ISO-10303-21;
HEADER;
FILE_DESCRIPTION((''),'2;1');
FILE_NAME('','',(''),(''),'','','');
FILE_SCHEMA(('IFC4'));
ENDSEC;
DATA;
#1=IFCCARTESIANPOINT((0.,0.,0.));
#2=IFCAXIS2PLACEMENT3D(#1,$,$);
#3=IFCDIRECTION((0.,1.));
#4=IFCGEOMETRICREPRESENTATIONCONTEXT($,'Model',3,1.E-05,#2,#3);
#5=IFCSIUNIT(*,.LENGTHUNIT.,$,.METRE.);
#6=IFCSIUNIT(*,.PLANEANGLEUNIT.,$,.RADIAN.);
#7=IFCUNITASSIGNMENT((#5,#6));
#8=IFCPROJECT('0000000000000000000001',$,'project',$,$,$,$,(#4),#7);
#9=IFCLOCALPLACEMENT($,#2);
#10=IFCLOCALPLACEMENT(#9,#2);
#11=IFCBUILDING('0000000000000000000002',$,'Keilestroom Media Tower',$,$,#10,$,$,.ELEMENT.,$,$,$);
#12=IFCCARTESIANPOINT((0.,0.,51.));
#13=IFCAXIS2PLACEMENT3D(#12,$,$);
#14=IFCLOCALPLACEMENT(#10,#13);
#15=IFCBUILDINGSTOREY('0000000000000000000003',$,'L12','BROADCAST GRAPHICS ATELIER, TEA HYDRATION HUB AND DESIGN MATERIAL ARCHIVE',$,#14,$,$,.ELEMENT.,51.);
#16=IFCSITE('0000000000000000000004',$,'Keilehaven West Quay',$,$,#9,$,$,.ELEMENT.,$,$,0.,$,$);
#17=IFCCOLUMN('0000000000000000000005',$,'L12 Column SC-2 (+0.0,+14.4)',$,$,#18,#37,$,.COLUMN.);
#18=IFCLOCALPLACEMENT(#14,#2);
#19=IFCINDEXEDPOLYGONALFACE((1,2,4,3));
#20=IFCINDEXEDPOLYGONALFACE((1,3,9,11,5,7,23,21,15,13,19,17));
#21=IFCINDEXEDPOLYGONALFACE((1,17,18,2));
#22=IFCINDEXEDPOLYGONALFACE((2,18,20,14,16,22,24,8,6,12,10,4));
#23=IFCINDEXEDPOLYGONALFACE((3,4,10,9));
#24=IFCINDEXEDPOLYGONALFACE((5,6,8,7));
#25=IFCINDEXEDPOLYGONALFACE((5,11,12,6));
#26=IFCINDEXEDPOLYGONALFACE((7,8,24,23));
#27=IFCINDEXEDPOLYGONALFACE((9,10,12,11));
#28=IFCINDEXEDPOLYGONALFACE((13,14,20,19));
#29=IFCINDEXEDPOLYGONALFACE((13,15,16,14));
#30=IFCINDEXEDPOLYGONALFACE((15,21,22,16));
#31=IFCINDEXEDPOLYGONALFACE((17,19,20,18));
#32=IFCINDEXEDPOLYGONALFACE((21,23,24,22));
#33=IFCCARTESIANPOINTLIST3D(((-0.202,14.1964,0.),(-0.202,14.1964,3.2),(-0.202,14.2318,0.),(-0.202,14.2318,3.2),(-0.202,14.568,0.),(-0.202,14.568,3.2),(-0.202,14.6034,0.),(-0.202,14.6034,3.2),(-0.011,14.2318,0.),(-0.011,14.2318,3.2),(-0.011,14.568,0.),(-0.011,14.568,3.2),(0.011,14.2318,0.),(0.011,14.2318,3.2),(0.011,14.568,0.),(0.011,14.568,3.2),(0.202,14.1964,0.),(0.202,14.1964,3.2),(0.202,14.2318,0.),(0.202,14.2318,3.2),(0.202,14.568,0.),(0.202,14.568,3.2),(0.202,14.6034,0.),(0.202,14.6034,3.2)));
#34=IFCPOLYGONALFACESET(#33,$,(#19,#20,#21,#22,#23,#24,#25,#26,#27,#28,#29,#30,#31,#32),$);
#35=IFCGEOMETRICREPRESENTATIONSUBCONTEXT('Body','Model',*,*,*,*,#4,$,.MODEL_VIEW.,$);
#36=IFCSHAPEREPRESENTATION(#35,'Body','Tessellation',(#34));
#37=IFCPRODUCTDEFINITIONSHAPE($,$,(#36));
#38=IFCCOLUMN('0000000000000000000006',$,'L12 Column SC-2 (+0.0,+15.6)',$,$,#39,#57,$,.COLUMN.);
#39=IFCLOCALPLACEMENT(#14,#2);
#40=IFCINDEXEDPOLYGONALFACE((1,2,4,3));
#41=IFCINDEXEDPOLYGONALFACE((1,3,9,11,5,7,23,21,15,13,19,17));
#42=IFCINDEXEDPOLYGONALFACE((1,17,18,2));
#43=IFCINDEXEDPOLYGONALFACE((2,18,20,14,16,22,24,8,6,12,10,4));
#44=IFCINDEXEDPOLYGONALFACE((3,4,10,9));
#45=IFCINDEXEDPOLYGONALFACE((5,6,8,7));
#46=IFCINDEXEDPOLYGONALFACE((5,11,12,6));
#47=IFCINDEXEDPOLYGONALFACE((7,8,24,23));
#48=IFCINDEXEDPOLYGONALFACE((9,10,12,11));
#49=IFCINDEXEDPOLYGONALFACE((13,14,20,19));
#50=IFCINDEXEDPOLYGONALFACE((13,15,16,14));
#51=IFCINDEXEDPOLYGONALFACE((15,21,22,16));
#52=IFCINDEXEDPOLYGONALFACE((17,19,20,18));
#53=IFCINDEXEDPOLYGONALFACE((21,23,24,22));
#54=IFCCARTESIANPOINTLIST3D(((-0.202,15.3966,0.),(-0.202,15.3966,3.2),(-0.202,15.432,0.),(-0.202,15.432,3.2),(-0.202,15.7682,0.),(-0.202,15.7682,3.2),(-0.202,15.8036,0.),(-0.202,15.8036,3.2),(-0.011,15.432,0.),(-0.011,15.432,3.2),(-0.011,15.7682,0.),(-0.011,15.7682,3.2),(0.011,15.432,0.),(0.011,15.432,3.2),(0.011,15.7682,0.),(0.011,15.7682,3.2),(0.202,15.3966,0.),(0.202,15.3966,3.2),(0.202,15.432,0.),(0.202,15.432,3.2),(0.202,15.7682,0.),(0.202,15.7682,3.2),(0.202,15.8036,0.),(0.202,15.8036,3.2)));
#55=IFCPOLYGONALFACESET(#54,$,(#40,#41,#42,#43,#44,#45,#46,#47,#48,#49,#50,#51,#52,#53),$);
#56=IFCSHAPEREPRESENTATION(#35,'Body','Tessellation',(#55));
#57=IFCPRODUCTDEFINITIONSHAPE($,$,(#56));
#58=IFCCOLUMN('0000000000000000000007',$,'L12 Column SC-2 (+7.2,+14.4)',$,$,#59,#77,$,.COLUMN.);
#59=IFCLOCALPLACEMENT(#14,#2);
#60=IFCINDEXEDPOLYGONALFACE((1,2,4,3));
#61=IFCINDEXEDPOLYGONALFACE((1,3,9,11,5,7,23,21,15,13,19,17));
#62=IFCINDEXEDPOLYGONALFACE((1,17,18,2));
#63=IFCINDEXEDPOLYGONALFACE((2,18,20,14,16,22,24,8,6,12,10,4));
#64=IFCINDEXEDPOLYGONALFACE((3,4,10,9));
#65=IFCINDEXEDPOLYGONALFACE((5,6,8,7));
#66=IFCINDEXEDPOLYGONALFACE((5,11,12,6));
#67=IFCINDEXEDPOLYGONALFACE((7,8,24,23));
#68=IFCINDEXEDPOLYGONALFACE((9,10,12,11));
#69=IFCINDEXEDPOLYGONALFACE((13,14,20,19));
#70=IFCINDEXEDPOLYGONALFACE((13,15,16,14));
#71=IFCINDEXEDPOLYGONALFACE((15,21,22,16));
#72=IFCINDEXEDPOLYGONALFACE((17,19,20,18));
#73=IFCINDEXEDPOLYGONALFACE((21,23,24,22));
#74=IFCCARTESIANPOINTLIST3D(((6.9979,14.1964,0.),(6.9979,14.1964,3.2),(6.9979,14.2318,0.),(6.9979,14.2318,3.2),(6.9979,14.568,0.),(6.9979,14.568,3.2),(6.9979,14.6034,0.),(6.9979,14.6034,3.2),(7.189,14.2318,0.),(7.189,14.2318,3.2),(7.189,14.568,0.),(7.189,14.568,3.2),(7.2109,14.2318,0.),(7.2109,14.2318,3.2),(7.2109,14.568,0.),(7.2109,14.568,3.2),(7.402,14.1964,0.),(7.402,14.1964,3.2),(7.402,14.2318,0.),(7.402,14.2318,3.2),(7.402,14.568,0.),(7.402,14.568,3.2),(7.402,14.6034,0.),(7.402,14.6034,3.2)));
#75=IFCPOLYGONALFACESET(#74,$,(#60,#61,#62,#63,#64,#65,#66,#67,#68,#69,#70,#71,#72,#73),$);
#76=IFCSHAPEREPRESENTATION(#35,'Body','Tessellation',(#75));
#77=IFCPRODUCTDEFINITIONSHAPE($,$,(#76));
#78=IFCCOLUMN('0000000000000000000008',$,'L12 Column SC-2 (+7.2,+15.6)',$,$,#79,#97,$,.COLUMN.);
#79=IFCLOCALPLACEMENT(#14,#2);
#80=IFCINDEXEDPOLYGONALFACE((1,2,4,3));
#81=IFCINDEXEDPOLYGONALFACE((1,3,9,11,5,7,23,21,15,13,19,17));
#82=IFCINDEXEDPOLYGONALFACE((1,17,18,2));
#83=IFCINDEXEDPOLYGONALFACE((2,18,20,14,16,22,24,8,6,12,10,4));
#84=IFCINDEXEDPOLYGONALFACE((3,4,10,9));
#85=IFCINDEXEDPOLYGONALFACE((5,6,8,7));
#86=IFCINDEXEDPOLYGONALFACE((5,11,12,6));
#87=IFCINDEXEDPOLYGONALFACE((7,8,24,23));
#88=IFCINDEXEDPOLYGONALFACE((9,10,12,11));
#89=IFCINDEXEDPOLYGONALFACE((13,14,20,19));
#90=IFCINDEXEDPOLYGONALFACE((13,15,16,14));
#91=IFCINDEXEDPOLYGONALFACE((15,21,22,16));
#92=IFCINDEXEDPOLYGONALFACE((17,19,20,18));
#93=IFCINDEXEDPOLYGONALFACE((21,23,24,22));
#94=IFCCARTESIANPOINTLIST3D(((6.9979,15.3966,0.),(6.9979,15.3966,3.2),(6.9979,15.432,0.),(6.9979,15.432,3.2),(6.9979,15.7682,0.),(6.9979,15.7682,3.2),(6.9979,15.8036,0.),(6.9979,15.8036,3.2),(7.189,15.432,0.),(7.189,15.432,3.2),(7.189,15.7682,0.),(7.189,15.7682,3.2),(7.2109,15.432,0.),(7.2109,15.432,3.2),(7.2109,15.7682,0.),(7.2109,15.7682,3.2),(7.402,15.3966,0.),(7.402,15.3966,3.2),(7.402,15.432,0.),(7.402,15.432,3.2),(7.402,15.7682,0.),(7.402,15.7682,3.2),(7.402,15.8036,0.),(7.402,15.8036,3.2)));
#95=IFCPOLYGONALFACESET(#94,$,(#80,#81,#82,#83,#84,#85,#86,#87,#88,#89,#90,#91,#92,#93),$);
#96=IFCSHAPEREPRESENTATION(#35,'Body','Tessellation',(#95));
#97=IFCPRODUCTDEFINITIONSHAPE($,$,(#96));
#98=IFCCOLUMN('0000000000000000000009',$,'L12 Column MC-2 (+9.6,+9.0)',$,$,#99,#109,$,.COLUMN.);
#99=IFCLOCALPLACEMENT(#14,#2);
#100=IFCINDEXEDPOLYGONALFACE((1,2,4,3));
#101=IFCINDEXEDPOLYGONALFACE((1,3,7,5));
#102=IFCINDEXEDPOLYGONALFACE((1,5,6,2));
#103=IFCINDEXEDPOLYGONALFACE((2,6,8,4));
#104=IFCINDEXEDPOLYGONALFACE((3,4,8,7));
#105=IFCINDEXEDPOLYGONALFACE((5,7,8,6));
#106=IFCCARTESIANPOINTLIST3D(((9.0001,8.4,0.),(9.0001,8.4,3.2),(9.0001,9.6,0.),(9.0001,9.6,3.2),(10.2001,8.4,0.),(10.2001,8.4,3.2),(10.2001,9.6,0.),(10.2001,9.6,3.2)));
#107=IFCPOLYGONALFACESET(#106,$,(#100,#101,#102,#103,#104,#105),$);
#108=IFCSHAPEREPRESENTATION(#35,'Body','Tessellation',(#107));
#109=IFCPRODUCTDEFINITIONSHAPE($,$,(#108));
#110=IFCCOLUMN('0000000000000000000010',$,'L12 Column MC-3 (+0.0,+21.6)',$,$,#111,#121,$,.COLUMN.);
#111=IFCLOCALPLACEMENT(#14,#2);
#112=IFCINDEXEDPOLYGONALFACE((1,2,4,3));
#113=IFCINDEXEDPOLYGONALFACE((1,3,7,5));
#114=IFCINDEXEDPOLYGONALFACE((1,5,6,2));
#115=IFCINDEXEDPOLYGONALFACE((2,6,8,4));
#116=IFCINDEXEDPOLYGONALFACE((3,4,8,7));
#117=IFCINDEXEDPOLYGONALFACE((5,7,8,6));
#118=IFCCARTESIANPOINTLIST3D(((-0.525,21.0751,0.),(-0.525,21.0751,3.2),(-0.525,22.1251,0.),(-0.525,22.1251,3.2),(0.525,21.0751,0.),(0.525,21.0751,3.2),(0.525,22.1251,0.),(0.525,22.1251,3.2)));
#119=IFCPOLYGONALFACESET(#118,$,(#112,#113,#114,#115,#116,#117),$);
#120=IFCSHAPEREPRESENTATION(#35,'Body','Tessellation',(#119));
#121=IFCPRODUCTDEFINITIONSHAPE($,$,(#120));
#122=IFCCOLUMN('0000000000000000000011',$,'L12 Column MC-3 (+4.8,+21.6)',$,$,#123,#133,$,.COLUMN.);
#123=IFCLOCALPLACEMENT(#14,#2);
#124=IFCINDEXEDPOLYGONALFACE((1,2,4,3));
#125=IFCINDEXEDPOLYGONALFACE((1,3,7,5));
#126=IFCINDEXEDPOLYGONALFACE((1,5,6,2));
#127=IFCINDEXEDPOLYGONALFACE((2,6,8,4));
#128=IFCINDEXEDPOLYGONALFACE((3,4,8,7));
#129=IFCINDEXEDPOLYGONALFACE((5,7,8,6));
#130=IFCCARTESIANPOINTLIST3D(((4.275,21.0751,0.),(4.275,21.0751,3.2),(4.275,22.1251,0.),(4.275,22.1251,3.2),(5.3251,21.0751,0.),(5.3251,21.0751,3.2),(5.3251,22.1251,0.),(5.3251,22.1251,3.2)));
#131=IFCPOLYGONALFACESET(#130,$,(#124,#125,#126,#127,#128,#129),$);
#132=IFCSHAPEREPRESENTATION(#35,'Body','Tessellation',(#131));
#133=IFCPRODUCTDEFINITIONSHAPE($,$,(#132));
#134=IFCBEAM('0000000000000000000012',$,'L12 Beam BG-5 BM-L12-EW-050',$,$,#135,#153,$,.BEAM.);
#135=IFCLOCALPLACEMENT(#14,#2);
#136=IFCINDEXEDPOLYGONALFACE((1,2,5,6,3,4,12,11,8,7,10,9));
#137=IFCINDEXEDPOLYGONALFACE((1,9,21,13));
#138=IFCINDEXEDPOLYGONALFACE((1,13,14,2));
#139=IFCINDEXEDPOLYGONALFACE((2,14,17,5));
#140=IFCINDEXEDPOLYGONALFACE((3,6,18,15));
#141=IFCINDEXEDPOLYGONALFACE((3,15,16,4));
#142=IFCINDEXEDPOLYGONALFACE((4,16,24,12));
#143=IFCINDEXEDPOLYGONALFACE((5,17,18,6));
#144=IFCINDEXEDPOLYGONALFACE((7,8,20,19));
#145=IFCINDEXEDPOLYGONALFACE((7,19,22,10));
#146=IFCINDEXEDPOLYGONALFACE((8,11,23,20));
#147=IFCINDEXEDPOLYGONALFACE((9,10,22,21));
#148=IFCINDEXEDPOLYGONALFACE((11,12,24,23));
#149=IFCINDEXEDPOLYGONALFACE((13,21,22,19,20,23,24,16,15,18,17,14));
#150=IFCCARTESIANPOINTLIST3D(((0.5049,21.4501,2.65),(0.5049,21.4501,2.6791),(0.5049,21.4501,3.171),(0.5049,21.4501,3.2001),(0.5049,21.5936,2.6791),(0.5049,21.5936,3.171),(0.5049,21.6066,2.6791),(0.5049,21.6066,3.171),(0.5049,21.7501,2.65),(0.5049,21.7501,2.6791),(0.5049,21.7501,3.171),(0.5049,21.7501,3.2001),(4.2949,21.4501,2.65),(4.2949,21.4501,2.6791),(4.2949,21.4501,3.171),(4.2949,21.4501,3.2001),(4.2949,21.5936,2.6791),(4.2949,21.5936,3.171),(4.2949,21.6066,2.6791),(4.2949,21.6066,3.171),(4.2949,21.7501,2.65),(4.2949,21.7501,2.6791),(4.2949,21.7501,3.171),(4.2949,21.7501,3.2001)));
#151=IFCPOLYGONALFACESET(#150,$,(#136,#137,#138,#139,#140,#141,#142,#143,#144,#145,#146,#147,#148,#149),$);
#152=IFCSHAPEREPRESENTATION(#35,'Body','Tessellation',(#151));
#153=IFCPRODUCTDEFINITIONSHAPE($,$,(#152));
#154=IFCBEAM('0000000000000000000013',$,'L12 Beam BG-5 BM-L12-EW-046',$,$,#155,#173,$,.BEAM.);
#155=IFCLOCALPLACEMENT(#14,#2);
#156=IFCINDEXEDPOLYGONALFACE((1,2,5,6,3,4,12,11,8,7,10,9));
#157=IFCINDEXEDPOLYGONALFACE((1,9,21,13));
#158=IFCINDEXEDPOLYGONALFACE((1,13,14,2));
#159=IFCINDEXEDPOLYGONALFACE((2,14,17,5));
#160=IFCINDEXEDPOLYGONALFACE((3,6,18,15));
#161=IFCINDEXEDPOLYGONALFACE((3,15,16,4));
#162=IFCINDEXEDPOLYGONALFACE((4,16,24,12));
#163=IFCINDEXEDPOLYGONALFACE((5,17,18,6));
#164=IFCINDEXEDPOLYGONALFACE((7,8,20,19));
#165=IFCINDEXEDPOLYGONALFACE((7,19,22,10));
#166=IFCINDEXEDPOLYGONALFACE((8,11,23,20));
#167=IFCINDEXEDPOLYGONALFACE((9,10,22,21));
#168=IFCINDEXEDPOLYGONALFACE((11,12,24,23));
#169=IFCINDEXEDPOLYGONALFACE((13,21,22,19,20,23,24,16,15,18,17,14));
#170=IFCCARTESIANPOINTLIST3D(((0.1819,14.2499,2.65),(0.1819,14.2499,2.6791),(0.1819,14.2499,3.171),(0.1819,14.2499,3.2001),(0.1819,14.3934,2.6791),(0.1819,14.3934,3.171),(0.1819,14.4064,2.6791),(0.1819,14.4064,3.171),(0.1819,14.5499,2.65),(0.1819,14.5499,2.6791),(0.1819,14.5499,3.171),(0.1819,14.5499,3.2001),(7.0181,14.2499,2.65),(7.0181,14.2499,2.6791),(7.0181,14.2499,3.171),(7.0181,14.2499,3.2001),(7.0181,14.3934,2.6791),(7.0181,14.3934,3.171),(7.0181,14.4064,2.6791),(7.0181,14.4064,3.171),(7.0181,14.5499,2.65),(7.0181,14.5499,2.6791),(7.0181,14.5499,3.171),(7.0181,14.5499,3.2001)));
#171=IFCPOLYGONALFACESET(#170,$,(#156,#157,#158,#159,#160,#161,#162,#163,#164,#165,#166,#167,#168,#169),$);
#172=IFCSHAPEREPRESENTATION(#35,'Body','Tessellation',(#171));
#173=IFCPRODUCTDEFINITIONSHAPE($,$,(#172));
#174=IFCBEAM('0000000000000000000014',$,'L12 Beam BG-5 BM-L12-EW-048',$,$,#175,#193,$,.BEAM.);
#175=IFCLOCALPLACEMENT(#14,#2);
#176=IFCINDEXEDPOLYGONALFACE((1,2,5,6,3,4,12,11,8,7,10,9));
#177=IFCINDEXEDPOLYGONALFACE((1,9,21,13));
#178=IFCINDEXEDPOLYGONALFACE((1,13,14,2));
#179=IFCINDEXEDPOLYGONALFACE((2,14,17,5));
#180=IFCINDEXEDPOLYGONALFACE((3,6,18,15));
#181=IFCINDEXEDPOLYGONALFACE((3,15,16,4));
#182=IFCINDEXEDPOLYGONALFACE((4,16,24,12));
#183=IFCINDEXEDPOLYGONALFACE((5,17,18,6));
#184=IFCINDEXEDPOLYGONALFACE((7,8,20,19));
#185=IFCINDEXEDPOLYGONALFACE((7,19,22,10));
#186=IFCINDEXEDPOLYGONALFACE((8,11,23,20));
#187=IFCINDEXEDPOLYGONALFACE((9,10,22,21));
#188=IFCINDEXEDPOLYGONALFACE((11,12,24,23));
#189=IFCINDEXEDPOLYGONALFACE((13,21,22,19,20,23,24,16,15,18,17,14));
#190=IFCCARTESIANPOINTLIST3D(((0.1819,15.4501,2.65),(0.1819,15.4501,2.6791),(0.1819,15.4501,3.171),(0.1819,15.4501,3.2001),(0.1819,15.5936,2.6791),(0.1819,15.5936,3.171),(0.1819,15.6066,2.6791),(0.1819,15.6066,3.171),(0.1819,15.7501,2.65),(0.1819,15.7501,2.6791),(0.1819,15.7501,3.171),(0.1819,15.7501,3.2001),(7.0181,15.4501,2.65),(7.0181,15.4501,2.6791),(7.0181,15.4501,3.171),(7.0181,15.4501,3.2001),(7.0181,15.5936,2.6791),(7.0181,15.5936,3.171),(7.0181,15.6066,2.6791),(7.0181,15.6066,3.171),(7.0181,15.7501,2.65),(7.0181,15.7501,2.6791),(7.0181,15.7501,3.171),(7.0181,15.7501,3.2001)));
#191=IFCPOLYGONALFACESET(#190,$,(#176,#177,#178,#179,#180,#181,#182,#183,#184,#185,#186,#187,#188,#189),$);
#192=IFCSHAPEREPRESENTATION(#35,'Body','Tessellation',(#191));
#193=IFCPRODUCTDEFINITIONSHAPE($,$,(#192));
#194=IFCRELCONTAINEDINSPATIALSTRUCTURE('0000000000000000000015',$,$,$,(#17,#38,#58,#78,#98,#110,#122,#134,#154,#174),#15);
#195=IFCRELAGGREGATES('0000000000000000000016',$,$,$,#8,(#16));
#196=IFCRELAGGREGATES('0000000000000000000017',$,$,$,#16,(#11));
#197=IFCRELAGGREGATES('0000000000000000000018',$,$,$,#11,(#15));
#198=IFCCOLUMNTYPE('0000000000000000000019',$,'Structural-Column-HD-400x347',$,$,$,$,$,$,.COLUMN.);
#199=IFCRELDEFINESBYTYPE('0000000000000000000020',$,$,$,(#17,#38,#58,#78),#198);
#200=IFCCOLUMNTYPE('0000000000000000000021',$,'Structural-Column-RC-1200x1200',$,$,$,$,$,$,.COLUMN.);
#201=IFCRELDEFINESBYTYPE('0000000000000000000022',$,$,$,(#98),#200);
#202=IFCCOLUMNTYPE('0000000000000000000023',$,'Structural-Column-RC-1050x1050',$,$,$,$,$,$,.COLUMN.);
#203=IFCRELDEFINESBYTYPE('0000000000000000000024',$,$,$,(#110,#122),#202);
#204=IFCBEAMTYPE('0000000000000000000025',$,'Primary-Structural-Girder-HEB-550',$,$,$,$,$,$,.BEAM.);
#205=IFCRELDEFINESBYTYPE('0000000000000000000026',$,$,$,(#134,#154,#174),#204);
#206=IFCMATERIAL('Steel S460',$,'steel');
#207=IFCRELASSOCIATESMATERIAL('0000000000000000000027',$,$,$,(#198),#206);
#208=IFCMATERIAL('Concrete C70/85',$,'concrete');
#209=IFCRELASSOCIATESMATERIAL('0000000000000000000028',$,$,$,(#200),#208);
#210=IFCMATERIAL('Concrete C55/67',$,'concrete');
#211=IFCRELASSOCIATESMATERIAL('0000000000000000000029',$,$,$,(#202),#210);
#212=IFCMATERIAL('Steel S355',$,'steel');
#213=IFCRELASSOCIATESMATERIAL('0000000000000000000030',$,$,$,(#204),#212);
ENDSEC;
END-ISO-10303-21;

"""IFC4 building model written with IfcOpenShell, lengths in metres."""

from ifc_helpers import new_model, si_unit, direction, frame, origin, origin_2d, place, context, subcontext, project, spatial, rectangle, i_section, extrude, source, transform, mapped, material, material_profile, profile_set, type_object, element, save


model = new_model("IFC4")

# Units and contexts
model_context = context("Model", 3, precision=1e-05, world=origin(), true_north=direction((0.0, 1.0)))
body_context = subcontext(model_context, "Body", "Model", "MODEL_VIEW")
ifc_project = project(units=[si_unit("LENGTHUNIT", "METRE"), si_unit("PLANEANGLEUNIT", "RADIAN")], contexts=[model_context])

# Site, building, storey
site_placement = place(None, origin())
site = spatial("IfcSite", under=ifc_project, at=site_placement, Name="Keilehaven West Quay", CompositionType="ELEMENT", RefElevation=0.0)
building_placement = place(site_placement, origin())
building = spatial("IfcBuilding", under=site, at=building_placement, Name="Keilestroom Media Tower", CompositionType="ELEMENT")
storey_placement = place(building_placement, frame((0.0, 0.0, 51.0)))
storey = spatial("IfcBuildingStorey", under=building, at=storey_placement, Name="L12", Description="BROADCAST GRAPHICS ATELIER, TEA HYDRATION HUB AND DESIGN MATERIAL ARCHIVE", CompositionType="ELEMENT", Elevation=51.0)

# Columns
ifc_material_1 = material(Name="Steel S460", Category="steel")
ifc_material_profile_1 = material_profile(ifc_material_1, i_section(OverallWidth=0.4041, OverallDepth=0.407, WebThickness=0.022, FlangeThickness=0.0354, at=origin_2d()), Name="HD 400x347")
ifc_profile_set_1 = profile_set([ifc_material_profile_1], Name="Steel S460")
column_type_1 = type_object("IfcColumnType", Name="Structural-Column-HD-400x347", PredefinedType="COLUMN", material=ifc_profile_set_1)
shared_shape_1 = source(origin(), body_context, "Body", "SweptSolid", [
    extrude(i_section(OverallWidth=0.4041, OverallDepth=0.407, WebThickness=0.022, FlangeThickness=0.0354, at=origin_2d()), origin(), (0.0, 0.0, 1.0), 3.2),
])
for number, where, z_axis, x_axis, name in (
    (1, (0.0, 14.3999, 0.0), (0.0, 0.0, 1.0), (1.0, 0.0, 0.0), "L12 Column SC-2 (+0.0,+14.4)"),
    (2, (0.0, 15.6001, 0.0), (0.0, 0.0, 1.0), (1.0, 0.0, 0.0), "L12 Column SC-2 (+0.0,+15.6)"),
    (3, (7.2, 14.3999, 0.0), (0.0, 0.0, 1.0), (1.0, 0.0, 0.0), "L12 Column SC-2 (+7.2,+14.4)"),
    (4, (7.2, 15.6001, 0.0), (0.0, 0.0, 1.0), (1.0, 0.0, 0.0), "L12 Column SC-2 (+7.2,+15.6)"),
):
    element("IfcColumn", number, at=place(storey_placement, frame(where, z_axis=z_axis, x_axis=x_axis)), inside=storey, type_object=column_type_1, Name=name, PredefinedType="COLUMN", context=body_context, shape_type="MappedRepresentation", body=[
        mapped(shared_shape_1, transform((0.0, 0.0, 0.0), x_axis=(1.0, 0.0, 0.0), y_axis=(0.0, 1.0, 0.0), z_axis=(0.0, 0.0, 1.0), scale=1.0)),
    ])
ifc_material_2 = material(Name="Concrete C70/85", Category="concrete")
ifc_material_profile_2 = material_profile(ifc_material_2, rectangle(XDim=1.2, YDim=1.2, at=origin_2d()), Name="RC 1200x1200")
ifc_profile_set_2 = profile_set([ifc_material_profile_2], Name="Concrete C70/85")
column_type_2 = type_object("IfcColumnType", Name="Structural-Column-RC-1200x1200", PredefinedType="COLUMN", material=ifc_profile_set_2)
shared_shape_2 = source(origin(), body_context, "Body", "SweptSolid", [
    extrude(rectangle(XDim=1.2, YDim=1.2, at=origin_2d()), origin(), (0.0, 0.0, 1.0), 3.2),
])
column_placement = place(storey_placement, frame((9.6001, 9.0, 0.0), z_axis=(0.0, 0.0, 1.0), x_axis=(1.0, 0.0, 0.0)))
element("IfcColumn", 5, at=column_placement, inside=storey, type_object=column_type_2, Name="L12 Column MC-2 (+9.6,+9.0)", PredefinedType="COLUMN", context=body_context, shape_type="MappedRepresentation", body=[
    mapped(shared_shape_2, transform((0.0, 0.0, 0.0), x_axis=(1.0, 0.0, 0.0), y_axis=(0.0, 1.0, 0.0), z_axis=(0.0, 0.0, 1.0), scale=1.0)),
])
ifc_material_3 = material(Name="Concrete C55/67", Category="concrete")
ifc_material_profile_3 = material_profile(ifc_material_3, rectangle(XDim=1.05, YDim=1.05, at=origin_2d()), Name="RC 1050x1050")
ifc_profile_set_3 = profile_set([ifc_material_profile_3], Name="Concrete C55/67")
column_type_3 = type_object("IfcColumnType", Name="Structural-Column-RC-1050x1050", PredefinedType="COLUMN", material=ifc_profile_set_3)
shared_shape_3 = source(origin(), body_context, "Body", "SweptSolid", [
    extrude(rectangle(XDim=1.05, YDim=1.05, at=origin_2d()), origin(), (0.0, 0.0, 1.0), 3.2),
])
for number, where, z_axis, x_axis, name in (
    (6, (0.0, 21.6001, 0.0), (0.0, 0.0, 1.0), (1.0, 0.0, 0.0), "L12 Column MC-3 (+0.0,+21.6)"),
    (7, (4.8, 21.6001, 0.0), (0.0, 0.0, 1.0), (1.0, 0.0, 0.0), "L12 Column MC-3 (+4.8,+21.6)"),
):
    element("IfcColumn", number, at=place(storey_placement, frame(where, z_axis=z_axis, x_axis=x_axis)), inside=storey, type_object=column_type_3, Name=name, PredefinedType="COLUMN", context=body_context, shape_type="MappedRepresentation", body=[
        mapped(shared_shape_3, transform((0.0, 0.0, 0.0), x_axis=(1.0, 0.0, 0.0), y_axis=(0.0, 1.0, 0.0), z_axis=(0.0, 0.0, 1.0), scale=1.0)),
    ])

# Beams
ifc_material_4 = material(Name="Steel S355", Category="steel")
ifc_material_profile_4 = material_profile(ifc_material_4, i_section(OverallWidth=0.3, OverallDepth=0.55, WebThickness=0.0129, FlangeThickness=0.0291, at=origin_2d()), Name="HEB 550")
ifc_profile_set_4 = profile_set([ifc_material_profile_4], Name="Steel S355")
beam_type_1 = type_object("IfcBeamType", Name="Primary-Structural-Girder-HEB-550", PredefinedType="BEAM", material=ifc_profile_set_4)
shared_shape_4 = source(origin(), body_context, "Body", "SweptSolid", [
    extrude(i_section(OverallWidth=0.3, OverallDepth=0.55, WebThickness=0.0129, FlangeThickness=0.0291, at=origin_2d()), origin(), (0.0, 0.0, 1.0), 3.79),
])
beam_1_placement = place(storey_placement, frame((0.5049, 21.6001, 2.925), z_axis=(1.0, 0.0, 0.0), x_axis=(0.0, 1.0, 0.0)))
element("IfcBeam", 8, at=beam_1_placement, inside=storey, type_object=beam_type_1, Name="L12 Beam BG-5 BM-L12-EW-050", PredefinedType="BEAM", context=body_context, shape_type="MappedRepresentation", body=[
    mapped(shared_shape_4, transform((0.0, 0.0, 0.0), x_axis=(1.0, 0.0, 0.0), y_axis=(0.0, 1.0, 0.0), z_axis=(0.0, 0.0, 1.0), scale=1.0)),
])
shared_shape_5 = source(origin(), body_context, "Body", "SweptSolid", [
    extrude(i_section(OverallWidth=0.3, OverallDepth=0.55, WebThickness=0.0129, FlangeThickness=0.0291, at=origin_2d()), origin(), (0.0, 0.0, 1.0), 6.8362),
])
for number, where, z_axis, x_axis, name in (
    (9, (0.1819, 14.3999, 2.925), (1.0, 0.0, 0.0), (0.0, 1.0, 0.0), "L12 Beam BG-5 BM-L12-EW-046"),
    (10, (0.1819, 15.6001, 2.925), (1.0, 0.0, 0.0), (0.0, 1.0, 0.0), "L12 Beam BG-5 BM-L12-EW-048"),
):
    element("IfcBeam", number, at=place(storey_placement, frame(where, z_axis=z_axis, x_axis=x_axis)), inside=storey, type_object=beam_type_1, Name=name, PredefinedType="BEAM", context=body_context, shape_type="MappedRepresentation", body=[
        mapped(shared_shape_5, transform((0.0, 0.0, 0.0), x_axis=(1.0, 0.0, 0.0), y_axis=(0.0, 1.0, 0.0), z_axis=(0.0, 0.0, 1.0), scale=1.0)),
    ])

save(model, "model.ifc")
